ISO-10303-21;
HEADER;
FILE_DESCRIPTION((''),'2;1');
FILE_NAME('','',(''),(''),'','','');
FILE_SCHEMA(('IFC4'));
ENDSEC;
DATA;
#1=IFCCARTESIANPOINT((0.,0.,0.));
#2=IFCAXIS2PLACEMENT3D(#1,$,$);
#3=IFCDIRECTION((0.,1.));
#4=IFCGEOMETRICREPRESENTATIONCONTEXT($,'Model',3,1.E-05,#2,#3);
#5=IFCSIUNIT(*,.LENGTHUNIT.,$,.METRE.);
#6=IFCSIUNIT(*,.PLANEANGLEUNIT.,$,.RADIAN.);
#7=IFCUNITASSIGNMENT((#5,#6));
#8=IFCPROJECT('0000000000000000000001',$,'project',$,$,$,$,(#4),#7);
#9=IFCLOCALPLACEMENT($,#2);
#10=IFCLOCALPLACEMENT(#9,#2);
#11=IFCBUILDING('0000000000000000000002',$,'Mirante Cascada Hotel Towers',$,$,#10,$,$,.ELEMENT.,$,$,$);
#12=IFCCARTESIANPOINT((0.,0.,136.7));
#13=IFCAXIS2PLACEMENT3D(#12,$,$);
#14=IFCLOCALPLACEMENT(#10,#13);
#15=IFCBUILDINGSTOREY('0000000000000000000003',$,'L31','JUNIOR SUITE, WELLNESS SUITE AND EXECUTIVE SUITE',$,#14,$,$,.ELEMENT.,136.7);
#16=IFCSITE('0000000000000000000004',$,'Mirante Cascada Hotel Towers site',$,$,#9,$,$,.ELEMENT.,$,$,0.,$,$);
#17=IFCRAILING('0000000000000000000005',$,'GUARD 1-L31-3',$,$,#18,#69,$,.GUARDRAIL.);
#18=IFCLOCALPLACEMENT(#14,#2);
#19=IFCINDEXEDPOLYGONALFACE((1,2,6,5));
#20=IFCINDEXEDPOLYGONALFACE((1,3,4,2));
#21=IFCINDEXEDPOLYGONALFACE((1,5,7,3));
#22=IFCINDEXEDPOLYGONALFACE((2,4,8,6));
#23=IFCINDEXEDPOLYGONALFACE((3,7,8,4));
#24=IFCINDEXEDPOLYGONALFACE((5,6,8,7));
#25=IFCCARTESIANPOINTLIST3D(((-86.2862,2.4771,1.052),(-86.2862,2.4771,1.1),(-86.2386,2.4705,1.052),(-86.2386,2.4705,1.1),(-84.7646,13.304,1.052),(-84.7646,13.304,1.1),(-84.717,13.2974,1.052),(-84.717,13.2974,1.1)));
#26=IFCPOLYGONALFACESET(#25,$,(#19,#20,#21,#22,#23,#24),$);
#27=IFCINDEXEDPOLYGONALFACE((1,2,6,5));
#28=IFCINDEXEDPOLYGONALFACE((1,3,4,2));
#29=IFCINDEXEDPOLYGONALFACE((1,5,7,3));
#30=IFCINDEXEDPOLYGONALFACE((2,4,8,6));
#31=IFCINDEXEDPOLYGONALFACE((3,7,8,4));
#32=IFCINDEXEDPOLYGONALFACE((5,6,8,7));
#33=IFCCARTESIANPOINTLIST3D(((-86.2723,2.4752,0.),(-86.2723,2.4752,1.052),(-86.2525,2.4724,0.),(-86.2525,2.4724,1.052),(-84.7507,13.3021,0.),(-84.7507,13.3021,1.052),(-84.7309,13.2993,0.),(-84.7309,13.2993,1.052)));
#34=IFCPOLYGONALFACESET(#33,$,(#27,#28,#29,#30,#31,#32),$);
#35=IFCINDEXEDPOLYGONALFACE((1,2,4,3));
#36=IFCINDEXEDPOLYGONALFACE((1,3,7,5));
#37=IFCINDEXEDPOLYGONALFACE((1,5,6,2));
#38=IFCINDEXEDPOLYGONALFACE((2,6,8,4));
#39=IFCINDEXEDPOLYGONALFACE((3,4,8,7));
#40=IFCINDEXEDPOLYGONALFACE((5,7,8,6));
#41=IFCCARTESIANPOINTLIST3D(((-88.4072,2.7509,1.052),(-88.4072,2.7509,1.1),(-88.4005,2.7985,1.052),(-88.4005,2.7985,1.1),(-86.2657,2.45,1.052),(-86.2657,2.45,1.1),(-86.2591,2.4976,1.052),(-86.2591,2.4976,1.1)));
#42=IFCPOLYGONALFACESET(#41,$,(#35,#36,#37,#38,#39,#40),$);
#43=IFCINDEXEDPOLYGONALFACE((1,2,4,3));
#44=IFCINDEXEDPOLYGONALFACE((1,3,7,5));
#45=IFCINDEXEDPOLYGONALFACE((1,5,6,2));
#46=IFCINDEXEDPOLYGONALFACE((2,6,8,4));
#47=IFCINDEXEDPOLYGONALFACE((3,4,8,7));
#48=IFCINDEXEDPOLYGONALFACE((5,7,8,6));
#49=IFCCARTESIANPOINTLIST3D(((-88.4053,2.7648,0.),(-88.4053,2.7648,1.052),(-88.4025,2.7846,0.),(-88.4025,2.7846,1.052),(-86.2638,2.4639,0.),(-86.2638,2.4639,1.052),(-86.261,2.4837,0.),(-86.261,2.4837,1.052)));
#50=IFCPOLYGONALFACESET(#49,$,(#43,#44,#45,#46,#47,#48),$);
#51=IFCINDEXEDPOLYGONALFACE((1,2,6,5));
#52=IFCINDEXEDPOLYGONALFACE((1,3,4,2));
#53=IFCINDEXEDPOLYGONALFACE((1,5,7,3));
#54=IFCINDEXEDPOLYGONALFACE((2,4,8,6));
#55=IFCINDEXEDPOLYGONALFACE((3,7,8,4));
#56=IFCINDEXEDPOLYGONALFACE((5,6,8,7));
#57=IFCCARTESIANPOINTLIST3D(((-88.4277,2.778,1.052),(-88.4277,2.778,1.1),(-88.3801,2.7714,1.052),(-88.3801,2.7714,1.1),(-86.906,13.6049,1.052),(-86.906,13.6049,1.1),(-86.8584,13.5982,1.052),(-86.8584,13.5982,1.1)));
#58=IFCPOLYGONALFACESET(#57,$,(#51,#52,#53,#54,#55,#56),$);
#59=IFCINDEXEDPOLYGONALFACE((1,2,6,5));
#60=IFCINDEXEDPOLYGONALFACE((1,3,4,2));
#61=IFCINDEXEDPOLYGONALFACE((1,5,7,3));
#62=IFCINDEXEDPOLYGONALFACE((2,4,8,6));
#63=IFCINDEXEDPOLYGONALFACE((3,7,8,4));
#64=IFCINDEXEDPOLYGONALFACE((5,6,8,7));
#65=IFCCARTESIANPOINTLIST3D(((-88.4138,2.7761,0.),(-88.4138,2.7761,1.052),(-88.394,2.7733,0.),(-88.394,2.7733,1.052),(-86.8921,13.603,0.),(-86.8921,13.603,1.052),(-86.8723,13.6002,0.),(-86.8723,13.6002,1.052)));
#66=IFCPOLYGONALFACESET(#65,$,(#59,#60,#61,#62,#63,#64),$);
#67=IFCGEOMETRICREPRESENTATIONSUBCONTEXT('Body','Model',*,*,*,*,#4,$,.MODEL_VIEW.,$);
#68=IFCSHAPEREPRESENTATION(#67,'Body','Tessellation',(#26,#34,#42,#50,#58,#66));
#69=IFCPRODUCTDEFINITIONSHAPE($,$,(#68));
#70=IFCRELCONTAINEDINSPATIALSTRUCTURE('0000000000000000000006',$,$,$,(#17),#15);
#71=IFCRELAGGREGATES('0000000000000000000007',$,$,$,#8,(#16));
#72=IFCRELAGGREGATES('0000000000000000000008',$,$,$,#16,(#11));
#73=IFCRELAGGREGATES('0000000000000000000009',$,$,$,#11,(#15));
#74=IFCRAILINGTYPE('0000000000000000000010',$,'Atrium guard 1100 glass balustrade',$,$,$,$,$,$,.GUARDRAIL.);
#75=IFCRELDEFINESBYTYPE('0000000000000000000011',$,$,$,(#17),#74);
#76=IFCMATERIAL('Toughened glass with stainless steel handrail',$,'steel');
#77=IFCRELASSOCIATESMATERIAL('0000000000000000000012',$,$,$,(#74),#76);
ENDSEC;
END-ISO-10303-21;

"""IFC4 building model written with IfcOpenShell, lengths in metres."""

from ifc_helpers import new_model, si_unit, direction, frame, origin, origin_2d, place, context, subcontext, project, spatial, rectangle, extrude, material, type_object, element, save


model = new_model("IFC4")

# Units and contexts
model_context = context("Model", 3, precision=1e-05, world=origin(), true_north=direction((0.0, 1.0)))
body_context = subcontext(model_context, "Body", "Model", "MODEL_VIEW")
ifc_project = project(units=[si_unit("LENGTHUNIT", "METRE"), si_unit("PLANEANGLEUNIT", "RADIAN")], contexts=[model_context])

# Site, building, storey
site_placement = place(None, origin())
site = spatial("IfcSite", under=ifc_project, at=site_placement, Name="Mirante Cascada Hotel Towers site", CompositionType="ELEMENT", RefElevation=0.0)
building_placement = place(site_placement, origin())
building = spatial("IfcBuilding", under=site, at=building_placement, Name="Mirante Cascada Hotel Towers", CompositionType="ELEMENT")
storey_placement = place(building_placement, frame((0.0, 0.0, 136.7)))
storey = spatial("IfcBuildingStorey", under=building, at=storey_placement, Name="L31", Description="JUNIOR SUITE, WELLNESS SUITE AND EXECUTIVE SUITE", CompositionType="ELEMENT", Elevation=136.7)

# Railing
ifc_material_1 = material(Name="Toughened glass with stainless steel handrail", Category="steel")
railing_type = type_object("IfcRailingType", Name="Atrium guard 1100 glass balustrade", PredefinedType="GUARDRAIL", material=ifc_material_1)
railing_placement = place(storey_placement, frame((-84.7408, 13.3007, 0.0)))
element("IfcRailing", 1, at=railing_placement, inside=storey, type_object=railing_type, Name="GUARD 1-L31-3", PredefinedType="GUARDRAIL", context=body_context, shape_type="SweptSolid", body=[
    extrude(rectangle(XDim=0.048, YDim=0.048, at=origin_2d()), frame((0.0, 0.0, 1.076), z_axis=(-0.139171, -0.990268, 0.0), x_axis=(0.990268, -0.139171, 0.0)), (0.0, 0.0, 1.0), 10.9333),
    extrude(rectangle(XDim=0.02, YDim=1.052, at=origin_2d()), frame((0.0, 0.0, 0.526), z_axis=(-0.139171, -0.990268, 0.0), x_axis=(0.990268, -0.139171, 0.0)), (0.0, 0.0, 1.0), 10.9333),
    extrude(rectangle(XDim=0.048, YDim=0.048, at=origin_2d()), frame((-1.5216, -10.8269, 1.076), z_axis=(-0.990272, 0.139142, 0.0), x_axis=(-0.139142, -0.990272, 0.0)), (0.0, 0.0, 1.0), 2.1625),
    extrude(rectangle(XDim=0.02, YDim=1.052, at=origin_2d()), frame((-1.5216, -10.8269, 0.526), z_axis=(-0.990272, 0.139142, 0.0), x_axis=(-0.139142, -0.990272, 0.0)), (0.0, 0.0, 1.0), 2.1625),
    extrude(rectangle(XDim=0.048, YDim=0.048, at=origin_2d()), frame((-3.6631, -10.526, 1.076), z_axis=(0.13918, 0.990267, 0.0), x_axis=(-0.990267, 0.13918, 0.0)), (0.0, 0.0, 1.0), 10.9333),
    extrude(rectangle(XDim=0.02, YDim=1.052, at=origin_2d()), frame((-3.6631, -10.526, 0.526), z_axis=(0.13918, 0.990267, 0.0), x_axis=(-0.990267, 0.13918, 0.0)), (0.0, 0.0, 1.0), 10.9333),
])

save(model, "model.ifc")
